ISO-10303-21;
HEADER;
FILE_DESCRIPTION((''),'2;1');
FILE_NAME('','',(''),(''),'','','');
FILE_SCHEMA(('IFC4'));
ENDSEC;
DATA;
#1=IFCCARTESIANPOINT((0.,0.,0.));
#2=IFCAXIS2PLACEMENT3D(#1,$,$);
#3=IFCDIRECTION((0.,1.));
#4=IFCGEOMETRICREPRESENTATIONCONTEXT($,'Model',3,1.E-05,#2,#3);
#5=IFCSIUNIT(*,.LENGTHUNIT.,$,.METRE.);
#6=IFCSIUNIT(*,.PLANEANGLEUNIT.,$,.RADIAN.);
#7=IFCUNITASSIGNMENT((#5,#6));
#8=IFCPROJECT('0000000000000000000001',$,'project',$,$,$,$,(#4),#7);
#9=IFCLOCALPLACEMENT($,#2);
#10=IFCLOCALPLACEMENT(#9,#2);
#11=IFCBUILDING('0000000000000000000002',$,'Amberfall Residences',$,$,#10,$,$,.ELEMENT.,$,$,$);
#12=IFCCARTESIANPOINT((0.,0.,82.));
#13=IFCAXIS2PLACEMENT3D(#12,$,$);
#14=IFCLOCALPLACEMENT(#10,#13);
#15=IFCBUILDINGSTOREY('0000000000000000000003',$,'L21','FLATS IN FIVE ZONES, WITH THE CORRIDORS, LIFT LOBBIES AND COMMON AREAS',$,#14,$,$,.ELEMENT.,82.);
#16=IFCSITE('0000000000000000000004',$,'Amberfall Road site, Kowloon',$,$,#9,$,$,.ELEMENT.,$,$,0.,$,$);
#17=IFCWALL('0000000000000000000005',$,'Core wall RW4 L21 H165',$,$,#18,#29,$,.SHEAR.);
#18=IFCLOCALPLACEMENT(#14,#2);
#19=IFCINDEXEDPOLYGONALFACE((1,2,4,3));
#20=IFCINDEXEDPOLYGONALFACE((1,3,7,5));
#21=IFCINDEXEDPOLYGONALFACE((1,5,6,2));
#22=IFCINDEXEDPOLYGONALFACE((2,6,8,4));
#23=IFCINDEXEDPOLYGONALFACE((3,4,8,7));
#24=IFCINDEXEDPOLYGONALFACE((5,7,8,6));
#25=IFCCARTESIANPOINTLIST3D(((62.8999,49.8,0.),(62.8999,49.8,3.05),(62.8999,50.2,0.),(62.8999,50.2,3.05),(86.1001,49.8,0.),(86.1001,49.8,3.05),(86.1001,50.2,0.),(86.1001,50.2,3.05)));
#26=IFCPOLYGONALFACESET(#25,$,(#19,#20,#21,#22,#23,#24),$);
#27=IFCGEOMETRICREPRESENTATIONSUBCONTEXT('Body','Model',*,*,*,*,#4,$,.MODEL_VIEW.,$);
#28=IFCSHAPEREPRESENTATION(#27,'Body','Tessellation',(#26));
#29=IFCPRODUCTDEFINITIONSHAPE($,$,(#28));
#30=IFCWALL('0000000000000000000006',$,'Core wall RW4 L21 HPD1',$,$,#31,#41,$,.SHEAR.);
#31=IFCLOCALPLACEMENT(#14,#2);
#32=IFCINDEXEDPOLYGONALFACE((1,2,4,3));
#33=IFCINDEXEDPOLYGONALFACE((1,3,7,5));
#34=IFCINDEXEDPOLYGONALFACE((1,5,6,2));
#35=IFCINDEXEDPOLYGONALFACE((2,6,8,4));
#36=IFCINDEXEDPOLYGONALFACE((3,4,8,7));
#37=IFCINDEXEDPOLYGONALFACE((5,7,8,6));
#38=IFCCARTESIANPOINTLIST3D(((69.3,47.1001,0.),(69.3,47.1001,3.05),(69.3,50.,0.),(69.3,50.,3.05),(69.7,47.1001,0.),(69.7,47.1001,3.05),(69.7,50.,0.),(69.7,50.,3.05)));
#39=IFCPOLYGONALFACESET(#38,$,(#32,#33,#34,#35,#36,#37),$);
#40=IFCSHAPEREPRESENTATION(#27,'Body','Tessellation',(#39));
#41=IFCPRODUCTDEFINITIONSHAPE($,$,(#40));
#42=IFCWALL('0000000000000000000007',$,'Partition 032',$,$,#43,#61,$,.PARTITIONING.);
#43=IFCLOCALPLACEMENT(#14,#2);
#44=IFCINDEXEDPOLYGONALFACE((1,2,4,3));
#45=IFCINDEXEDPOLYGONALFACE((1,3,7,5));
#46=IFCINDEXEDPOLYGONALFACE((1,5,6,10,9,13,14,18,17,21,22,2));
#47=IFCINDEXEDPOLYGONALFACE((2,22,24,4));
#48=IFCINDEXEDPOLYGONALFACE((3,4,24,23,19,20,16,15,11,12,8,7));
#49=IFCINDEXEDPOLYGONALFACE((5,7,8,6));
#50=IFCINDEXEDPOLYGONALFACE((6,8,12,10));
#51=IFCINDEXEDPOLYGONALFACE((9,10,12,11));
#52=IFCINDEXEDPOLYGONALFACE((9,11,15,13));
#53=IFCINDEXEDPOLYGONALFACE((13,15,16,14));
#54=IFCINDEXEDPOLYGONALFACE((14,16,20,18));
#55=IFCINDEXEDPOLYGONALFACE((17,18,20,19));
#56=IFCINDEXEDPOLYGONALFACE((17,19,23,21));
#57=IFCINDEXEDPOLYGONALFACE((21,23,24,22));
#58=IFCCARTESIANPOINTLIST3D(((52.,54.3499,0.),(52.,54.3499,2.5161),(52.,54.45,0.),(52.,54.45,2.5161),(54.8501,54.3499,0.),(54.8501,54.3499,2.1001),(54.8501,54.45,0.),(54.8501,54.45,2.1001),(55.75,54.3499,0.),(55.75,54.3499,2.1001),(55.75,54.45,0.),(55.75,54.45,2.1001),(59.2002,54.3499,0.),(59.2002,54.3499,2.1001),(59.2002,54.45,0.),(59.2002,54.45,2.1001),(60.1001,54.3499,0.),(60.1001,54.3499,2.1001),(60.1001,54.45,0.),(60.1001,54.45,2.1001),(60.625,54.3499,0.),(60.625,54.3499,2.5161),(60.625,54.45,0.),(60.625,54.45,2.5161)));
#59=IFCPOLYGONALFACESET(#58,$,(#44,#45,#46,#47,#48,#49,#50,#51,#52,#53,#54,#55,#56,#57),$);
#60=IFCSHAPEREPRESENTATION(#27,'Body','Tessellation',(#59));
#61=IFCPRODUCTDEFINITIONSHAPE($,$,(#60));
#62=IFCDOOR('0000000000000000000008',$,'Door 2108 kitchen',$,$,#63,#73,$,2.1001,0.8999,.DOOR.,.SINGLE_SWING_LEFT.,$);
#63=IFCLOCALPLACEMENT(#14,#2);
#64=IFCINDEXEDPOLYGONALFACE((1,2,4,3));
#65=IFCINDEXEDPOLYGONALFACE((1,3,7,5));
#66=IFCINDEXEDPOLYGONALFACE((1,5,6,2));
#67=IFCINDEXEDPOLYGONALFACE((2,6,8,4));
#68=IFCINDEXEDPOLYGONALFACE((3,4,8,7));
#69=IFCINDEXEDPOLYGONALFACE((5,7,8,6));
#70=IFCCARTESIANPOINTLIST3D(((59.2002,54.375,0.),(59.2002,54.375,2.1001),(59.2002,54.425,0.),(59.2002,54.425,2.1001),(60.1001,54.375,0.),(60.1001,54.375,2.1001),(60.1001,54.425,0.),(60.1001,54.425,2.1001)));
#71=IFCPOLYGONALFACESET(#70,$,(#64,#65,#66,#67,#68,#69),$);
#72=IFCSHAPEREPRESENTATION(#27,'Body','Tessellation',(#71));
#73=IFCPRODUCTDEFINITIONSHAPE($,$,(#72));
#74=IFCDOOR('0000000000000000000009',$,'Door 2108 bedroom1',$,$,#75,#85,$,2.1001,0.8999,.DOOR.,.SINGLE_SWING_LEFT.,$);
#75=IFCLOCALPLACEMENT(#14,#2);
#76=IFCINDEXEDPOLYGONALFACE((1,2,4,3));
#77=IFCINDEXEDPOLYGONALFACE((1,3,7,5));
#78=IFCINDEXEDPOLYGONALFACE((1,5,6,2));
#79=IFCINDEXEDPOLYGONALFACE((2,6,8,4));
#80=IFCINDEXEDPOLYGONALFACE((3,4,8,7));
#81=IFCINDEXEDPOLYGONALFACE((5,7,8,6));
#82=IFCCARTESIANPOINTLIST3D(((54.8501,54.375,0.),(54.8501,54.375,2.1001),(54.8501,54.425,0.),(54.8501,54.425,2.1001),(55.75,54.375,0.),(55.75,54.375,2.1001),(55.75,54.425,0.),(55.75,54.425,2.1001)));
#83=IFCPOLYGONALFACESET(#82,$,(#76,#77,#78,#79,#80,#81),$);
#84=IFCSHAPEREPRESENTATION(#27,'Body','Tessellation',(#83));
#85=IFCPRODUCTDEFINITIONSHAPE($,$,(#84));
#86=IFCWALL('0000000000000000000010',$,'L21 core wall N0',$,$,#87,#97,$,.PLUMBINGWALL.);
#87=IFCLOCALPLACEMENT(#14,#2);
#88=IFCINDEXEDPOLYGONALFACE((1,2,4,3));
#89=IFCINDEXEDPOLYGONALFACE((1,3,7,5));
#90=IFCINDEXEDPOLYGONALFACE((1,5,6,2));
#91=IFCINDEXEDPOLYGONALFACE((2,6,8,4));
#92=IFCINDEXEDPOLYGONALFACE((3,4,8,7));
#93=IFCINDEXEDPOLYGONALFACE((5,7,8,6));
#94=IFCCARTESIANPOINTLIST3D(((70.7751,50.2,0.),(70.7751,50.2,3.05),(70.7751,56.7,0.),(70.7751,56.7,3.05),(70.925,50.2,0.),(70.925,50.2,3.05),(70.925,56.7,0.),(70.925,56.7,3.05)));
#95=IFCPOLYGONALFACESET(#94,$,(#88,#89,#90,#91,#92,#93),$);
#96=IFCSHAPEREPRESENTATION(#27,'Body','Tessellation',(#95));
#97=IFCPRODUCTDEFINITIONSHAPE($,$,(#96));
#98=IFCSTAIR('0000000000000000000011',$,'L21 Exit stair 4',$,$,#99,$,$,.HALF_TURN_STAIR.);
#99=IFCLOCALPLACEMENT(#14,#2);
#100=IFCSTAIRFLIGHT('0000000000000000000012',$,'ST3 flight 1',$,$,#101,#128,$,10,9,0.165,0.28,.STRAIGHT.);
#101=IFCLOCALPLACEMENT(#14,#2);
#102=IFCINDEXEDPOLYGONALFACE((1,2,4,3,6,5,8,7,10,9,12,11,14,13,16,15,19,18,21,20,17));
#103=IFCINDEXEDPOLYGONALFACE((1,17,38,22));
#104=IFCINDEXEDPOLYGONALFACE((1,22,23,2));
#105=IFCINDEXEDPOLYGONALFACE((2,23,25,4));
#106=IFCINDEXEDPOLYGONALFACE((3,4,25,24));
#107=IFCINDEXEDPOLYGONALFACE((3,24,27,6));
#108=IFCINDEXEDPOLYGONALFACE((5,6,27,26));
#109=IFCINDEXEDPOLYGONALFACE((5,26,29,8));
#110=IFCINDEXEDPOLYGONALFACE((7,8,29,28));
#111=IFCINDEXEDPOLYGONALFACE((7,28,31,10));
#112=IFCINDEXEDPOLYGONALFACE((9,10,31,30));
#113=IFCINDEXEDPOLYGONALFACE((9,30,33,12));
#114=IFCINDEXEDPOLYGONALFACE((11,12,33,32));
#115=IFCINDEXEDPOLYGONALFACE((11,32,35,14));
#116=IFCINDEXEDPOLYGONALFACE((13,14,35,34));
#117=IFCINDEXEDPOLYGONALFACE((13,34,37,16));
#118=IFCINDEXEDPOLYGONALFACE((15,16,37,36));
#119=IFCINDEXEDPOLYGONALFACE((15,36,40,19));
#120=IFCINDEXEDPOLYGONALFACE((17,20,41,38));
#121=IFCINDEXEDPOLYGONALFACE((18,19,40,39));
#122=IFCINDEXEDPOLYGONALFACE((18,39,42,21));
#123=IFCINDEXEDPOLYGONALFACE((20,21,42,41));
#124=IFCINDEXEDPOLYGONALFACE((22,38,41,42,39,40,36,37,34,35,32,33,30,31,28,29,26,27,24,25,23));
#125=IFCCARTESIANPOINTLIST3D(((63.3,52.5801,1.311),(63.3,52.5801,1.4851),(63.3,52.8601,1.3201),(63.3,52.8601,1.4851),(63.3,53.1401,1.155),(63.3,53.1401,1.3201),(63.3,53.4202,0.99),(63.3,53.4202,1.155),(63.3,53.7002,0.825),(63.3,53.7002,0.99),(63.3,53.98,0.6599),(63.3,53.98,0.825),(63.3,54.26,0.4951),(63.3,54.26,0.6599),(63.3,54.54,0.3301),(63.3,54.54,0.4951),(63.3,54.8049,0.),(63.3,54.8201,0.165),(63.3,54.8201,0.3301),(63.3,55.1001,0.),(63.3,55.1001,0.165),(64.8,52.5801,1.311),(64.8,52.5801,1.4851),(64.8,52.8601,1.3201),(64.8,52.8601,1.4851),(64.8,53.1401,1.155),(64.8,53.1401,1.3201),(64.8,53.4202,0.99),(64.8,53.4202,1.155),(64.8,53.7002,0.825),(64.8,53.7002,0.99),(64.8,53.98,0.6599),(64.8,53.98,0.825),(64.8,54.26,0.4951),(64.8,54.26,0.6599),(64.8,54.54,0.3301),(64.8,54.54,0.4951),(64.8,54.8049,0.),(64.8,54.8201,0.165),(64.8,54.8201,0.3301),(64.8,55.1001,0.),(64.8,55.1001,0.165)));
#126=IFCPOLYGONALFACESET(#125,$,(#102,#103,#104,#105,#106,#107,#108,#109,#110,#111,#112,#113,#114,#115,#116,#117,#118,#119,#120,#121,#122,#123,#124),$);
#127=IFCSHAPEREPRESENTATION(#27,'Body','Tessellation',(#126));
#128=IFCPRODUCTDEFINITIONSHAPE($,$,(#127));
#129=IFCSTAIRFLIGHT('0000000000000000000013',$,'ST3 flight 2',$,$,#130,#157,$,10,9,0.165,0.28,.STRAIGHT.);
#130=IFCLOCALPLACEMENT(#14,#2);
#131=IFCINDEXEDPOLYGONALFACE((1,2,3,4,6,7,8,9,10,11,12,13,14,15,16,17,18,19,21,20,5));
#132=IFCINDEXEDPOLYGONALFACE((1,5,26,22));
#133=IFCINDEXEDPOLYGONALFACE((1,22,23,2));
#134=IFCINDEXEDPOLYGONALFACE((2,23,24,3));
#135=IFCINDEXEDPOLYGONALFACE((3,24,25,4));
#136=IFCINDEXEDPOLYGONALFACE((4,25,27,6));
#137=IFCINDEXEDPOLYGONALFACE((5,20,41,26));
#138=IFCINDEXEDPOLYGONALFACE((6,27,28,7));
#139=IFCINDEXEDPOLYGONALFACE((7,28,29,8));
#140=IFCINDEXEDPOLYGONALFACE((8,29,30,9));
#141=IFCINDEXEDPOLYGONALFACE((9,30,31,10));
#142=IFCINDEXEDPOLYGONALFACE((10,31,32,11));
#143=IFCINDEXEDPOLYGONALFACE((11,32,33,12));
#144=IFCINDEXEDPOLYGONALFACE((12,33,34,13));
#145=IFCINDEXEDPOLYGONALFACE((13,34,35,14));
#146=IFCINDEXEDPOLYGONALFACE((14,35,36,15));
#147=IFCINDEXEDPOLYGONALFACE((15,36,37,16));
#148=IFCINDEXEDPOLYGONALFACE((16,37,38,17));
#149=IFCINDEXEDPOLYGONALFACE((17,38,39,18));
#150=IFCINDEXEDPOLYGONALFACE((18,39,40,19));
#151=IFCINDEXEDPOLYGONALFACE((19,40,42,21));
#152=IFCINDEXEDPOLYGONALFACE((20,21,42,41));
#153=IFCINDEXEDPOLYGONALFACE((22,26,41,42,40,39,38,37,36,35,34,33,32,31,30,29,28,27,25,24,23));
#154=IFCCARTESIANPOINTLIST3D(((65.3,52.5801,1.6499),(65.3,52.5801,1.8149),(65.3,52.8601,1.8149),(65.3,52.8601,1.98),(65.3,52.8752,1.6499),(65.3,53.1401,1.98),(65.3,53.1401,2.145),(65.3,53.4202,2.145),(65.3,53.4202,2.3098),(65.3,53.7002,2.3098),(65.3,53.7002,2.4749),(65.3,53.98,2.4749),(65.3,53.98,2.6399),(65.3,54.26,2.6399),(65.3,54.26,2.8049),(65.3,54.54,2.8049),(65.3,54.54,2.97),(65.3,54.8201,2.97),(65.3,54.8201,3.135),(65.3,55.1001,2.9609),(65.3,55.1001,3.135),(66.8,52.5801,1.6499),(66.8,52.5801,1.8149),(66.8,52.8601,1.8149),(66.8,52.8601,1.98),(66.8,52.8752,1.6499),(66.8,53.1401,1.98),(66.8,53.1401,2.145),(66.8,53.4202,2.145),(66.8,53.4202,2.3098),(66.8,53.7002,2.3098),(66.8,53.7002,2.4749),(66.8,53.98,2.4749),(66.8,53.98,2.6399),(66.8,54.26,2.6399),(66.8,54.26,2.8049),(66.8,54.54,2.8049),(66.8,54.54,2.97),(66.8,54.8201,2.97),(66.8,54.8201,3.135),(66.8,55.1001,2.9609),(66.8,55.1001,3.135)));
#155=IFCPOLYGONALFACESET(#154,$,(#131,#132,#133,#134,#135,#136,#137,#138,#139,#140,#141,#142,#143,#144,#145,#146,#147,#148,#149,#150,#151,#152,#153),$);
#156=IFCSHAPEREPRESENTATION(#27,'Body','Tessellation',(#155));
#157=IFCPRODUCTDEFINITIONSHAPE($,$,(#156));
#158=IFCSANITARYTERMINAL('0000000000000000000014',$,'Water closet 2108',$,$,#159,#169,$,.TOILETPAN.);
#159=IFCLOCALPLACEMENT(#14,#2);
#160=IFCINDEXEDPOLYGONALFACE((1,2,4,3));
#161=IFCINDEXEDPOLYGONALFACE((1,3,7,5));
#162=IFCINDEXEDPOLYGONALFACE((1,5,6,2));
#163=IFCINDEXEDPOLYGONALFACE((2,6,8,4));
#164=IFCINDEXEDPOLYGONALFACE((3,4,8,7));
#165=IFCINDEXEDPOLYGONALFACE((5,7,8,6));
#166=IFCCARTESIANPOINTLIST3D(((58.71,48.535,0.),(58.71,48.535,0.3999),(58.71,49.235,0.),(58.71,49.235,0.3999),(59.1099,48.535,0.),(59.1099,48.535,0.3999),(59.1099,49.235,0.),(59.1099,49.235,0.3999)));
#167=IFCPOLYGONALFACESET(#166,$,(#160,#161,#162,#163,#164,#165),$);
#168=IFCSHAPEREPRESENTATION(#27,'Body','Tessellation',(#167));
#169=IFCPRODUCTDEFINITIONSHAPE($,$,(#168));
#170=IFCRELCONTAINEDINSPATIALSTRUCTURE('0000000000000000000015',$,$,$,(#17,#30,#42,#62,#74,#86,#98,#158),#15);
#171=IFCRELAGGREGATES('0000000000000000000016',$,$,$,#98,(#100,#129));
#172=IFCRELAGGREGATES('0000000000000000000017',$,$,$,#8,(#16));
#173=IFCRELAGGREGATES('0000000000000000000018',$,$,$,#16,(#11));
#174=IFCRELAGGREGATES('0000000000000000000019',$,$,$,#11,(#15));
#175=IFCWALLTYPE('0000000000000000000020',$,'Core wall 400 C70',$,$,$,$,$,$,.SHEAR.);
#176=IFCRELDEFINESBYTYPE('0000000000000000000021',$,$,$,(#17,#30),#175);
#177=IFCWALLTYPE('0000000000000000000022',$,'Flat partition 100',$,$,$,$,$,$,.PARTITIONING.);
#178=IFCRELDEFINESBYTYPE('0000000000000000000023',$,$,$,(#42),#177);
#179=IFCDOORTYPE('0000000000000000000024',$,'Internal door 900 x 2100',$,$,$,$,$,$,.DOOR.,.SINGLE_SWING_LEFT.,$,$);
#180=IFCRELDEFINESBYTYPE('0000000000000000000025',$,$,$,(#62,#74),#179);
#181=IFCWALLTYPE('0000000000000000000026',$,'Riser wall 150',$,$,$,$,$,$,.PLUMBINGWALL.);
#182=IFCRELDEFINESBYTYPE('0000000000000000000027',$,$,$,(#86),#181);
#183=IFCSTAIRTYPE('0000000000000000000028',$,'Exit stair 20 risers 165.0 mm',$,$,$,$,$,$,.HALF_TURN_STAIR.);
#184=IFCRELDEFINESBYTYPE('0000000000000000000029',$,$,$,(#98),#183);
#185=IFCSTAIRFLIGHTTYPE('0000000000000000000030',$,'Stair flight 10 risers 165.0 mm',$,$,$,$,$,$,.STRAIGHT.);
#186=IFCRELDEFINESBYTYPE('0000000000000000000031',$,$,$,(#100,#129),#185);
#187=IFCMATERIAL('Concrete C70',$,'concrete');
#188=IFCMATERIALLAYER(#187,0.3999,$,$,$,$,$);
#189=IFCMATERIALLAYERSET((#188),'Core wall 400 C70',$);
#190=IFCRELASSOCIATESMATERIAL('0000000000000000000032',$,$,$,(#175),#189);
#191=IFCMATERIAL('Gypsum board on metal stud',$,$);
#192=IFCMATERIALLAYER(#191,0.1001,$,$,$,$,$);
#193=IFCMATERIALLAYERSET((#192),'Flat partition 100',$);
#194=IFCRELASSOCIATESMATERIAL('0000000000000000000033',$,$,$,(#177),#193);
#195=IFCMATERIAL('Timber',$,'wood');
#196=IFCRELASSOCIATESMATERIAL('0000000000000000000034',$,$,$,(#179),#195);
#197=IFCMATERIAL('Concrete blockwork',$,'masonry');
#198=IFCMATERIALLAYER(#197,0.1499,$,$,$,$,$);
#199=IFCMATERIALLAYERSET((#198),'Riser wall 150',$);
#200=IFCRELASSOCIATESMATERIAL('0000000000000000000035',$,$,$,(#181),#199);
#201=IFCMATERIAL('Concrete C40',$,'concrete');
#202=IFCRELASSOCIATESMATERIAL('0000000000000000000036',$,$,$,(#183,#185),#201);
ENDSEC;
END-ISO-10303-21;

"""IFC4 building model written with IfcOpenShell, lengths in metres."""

from ifc_helpers import new_model, si_unit, direction, frame, frame_2d, origin, origin_2d, place, context, subcontext, project, spatial, polyline, rectangle, outline, extrude, material, layer, layer_set, type_object, element, fill, aggregate, save


model = new_model("IFC4")

# Units and contexts
model_context = context("Model", 3, precision=1e-05, world=origin(), true_north=direction((0.0, 1.0)))
body_context = subcontext(model_context, "Body", "Model", "MODEL_VIEW")
ifc_project = project(units=[si_unit("LENGTHUNIT", "METRE"), si_unit("PLANEANGLEUNIT", "RADIAN")], contexts=[model_context])

# Site, building, storey
site_placement = place(None, origin())
site = spatial("IfcSite", under=ifc_project, at=site_placement, Name="Amberfall Road site, Kowloon", CompositionType="ELEMENT", RefElevation=0.0)
building_placement = place(site_placement, origin())
building = spatial("IfcBuilding", under=site, at=building_placement, Name="Amberfall Residences", CompositionType="ELEMENT")
storey_placement = place(building_placement, frame((0.0, 0.0, 82.0)))
storey = spatial("IfcBuildingStorey", under=building, at=storey_placement, Name="L21", Description="FLATS IN FIVE ZONES, WITH THE CORRIDORS, LIFT LOBBIES AND COMMON AREAS", CompositionType="ELEMENT", Elevation=82.0)

# Walls
ifc_material_1 = material(Name="Concrete C70", Category="concrete")
ifc_layer_1 = layer(ifc_material_1, 0.3999)
ifc_layer_set_1 = layer_set([ifc_layer_1], Name="Core wall 400 C70")
wall_type_1 = type_object("IfcWallType", Name="Core wall 400 C70", PredefinedType="SHEAR", material=ifc_layer_set_1)
wall_1_placement = place(storey_placement, frame((62.8999, 50.0, 0.0), z_axis=(0.0, 0.0, 1.0), x_axis=(1.0, 0.0, 0.0)))
element("IfcWall", 1, at=wall_1_placement, inside=storey, type_object=wall_type_1, Name="Core wall RW4 L21 H165", PredefinedType="SHEAR", context=body_context, shape_type="SweptSolid", body=[
    extrude(rectangle(XDim=23.2002, YDim=0.3999, at=frame_2d((11.6001, 0.0))), origin(), (0.0, 0.0, 1.0), 3.05),
])
wall_2_placement = place(storey_placement, frame((69.5, 47.1001, 0.0), z_axis=(0.0, 0.0, 1.0), x_axis=(0.0, 1.0, 0.0)))
element("IfcWall", 2, at=wall_2_placement, inside=storey, type_object=wall_type_1, Name="Core wall RW4 L21 HPD1", PredefinedType="SHEAR", context=body_context, shape_type="SweptSolid", body=[
    extrude(rectangle(XDim=2.8999, YDim=0.3999, at=frame_2d((1.45, 0.0))), origin(), (0.0, 0.0, 1.0), 3.05),
])

# Wall, openings, doors
ifc_material_2 = material(Name="Gypsum board on metal stud")
ifc_layer_2 = layer(ifc_material_2, 0.1001)
ifc_layer_set_2 = layer_set([ifc_layer_2], Name="Flat partition 100")
wall_type_2 = type_object("IfcWallType", Name="Flat partition 100", PredefinedType="PARTITIONING", material=ifc_layer_set_2)
wall_3_placement = place(storey_placement, frame((60.625, 54.3999, 0.0), z_axis=(0.0, 0.0, 1.0), x_axis=(-1.0, 0.0, 0.0)))
wall_3 = element("IfcWall", 3, at=wall_3_placement, inside=storey, type_object=wall_type_2, Name="Partition 032", PredefinedType="PARTITIONING", context=body_context, shape_type="SweptSolid", body=[
    extrude(rectangle(XDim=8.625, YDim=0.1001, at=frame_2d((4.3125, 0.0))), origin(), (0.0, 0.0, 1.0), 2.5161),
])
opening_1_placement = place(wall_3_placement, frame((0.5249, 0.0, 0.0)))
opening_1 = element("IfcOpeningElement", 4, at=opening_1_placement, cuts=wall_3, PredefinedType="OPENING", context=body_context, shape_type="SweptSolid", body=[
    extrude(rectangle(XDim=0.8999, YDim=2.1001, at=frame_2d((0.45, 1.05))), frame((0.0, 0.0601, 0.0), z_axis=(0.0, -1.0, 0.0), x_axis=(1.0, 0.0, 0.0)), (0.0, 0.0, 1.0), 0.1201),
])
opening_2_placement = place(wall_3_placement, frame((4.875, 0.0, 0.0)))
opening_2 = element("IfcOpeningElement", 5, at=opening_2_placement, cuts=wall_3, PredefinedType="OPENING", context=body_context, shape_type="SweptSolid", body=[
    extrude(rectangle(XDim=0.8999, YDim=2.1001, at=frame_2d((0.45, 1.05))), frame((0.0, 0.0601, 0.0), z_axis=(0.0, -1.0, 0.0), x_axis=(1.0, 0.0, 0.0)), (0.0, 0.0, 1.0), 0.1201),
])
ifc_material_3 = material(Name="Timber", Category="wood")
door_type = type_object("IfcDoorType", Name="Internal door 900 x 2100", OperationType="SINGLE_SWING_LEFT", PredefinedType="DOOR", material=ifc_material_3)
door_1_placement = place(opening_1_placement, origin())
door_1 = element("IfcDoor", 6, at=door_1_placement, inside=storey, type_object=door_type, Name="Door 2108 kitchen", OperationType="SINGLE_SWING_LEFT", OverallHeight=2.1001, OverallWidth=0.8999, PredefinedType="DOOR", context=body_context, shape_type="SweptSolid", body=[
    extrude(rectangle(XDim=0.8999, YDim=2.1001, at=frame_2d((0.45, 1.05))), frame((0.0, 0.0249, 0.0), z_axis=(0.0, -1.0, 0.0), x_axis=(1.0, 0.0, 0.0)), (0.0, 0.0, 1.0), 0.05),
])
fill(opening_1, door_1)
door_2_placement = place(opening_2_placement, origin())
door_2 = element("IfcDoor", 7, at=door_2_placement, inside=storey, type_object=door_type, Name="Door 2108 bedroom1", OperationType="SINGLE_SWING_LEFT", OverallHeight=2.1001, OverallWidth=0.8999, PredefinedType="DOOR", context=body_context, shape_type="SweptSolid", body=[
    extrude(rectangle(XDim=0.8999, YDim=2.1001, at=frame_2d((0.45, 1.05))), frame((0.0, 0.0249, 0.0), z_axis=(0.0, -1.0, 0.0), x_axis=(1.0, 0.0, 0.0)), (0.0, 0.0, 1.0), 0.05),
])
fill(opening_2, door_2)

# Wall
ifc_material_4 = material(Name="Concrete blockwork", Category="masonry")
ifc_layer_3 = layer(ifc_material_4, 0.1499)
ifc_layer_set_3 = layer_set([ifc_layer_3], Name="Riser wall 150")
wall_type_3 = type_object("IfcWallType", Name="Riser wall 150", PredefinedType="PLUMBINGWALL", material=ifc_layer_set_3)
wall_4_placement = place(storey_placement, frame((70.8501, 50.2, 0.0), z_axis=(0.0, 0.0, 1.0), x_axis=(0.0, 1.0, 0.0)))
element("IfcWall", 8, at=wall_4_placement, inside=storey, type_object=wall_type_3, Name="L21 core wall N0", PredefinedType="PLUMBINGWALL", context=body_context, shape_type="SweptSolid", body=[
    extrude(rectangle(XDim=6.5, YDim=0.1499, at=frame_2d((3.25, 0.0))), origin(), (0.0, 0.0, 1.0), 3.05),
])

# Stair, stair flights
ifc_material_5 = material(Name="Concrete C40", Category="concrete")
stair_type = type_object("IfcStairType", Name="Exit stair 20 risers 165.0 mm", PredefinedType="HALF_TURN_STAIR", material=ifc_material_5)
stair_placement = place(storey_placement, origin())
stair = element("IfcStair", 9, at=stair_placement, inside=storey, type_object=stair_type, Name="L21 Exit stair 4", PredefinedType="HALF_TURN_STAIR")
stair_flight_type = type_object("IfcStairFlightType", Name="Stair flight 10 risers 165.0 mm", PredefinedType="STRAIGHT", material=ifc_material_5)
stair_flight_1_placement = place(storey_placement, frame((64.05, 55.1001, 0.0), z_axis=(0.0, 0.0, 1.0), x_axis=(0.0, -1.0, 0.0)))
stair_flight_1 = element("IfcStairFlight", 10, at=stair_flight_1_placement, type_object=stair_flight_type, Name="ST3 flight 1", NumberOfRisers=10, NumberOfTreads=9, PredefinedType="STRAIGHT", RiserHeight=0.165, TreadLength=0.28, context=body_context, shape_type="SweptSolid", body=[
    extrude(outline(polyline([(0.0, 0.0), (0.0, 0.165), (0.28, 0.165), (0.28, 0.3301), (0.5601, 0.3301), (0.5601, 0.4951), (0.8401, 0.4951), (0.8401, 0.6599), (1.1201, 0.6599), (1.1201, 0.825), (1.3999, 0.825), (1.3999, 0.99), (1.6799, 0.99), (1.6799, 1.155), (1.96, 1.155), (1.96, 1.3201), (2.24, 1.3201), (2.24, 1.4851), (2.52, 1.4851), (2.52, 1.6499), (2.52, 1.311), (0.2952, 0.0), (0.0, 0.0)])), frame((0.0, 0.75, 0.0), z_axis=(0.0, -1.0, 0.0), x_axis=(1.0, 0.0, 0.0)), (0.0, 0.0, 1.0), 1.5),
])
stair_flight_2_placement = place(storey_placement, frame((66.05, 52.5801, 1.6499), z_axis=(0.0, 0.0, 1.0), x_axis=(0.0, 1.0, 0.0)))
stair_flight_2 = element("IfcStairFlight", 11, at=stair_flight_2_placement, type_object=stair_flight_type, Name="ST3 flight 2", NumberOfRisers=10, NumberOfTreads=9, PredefinedType="STRAIGHT", RiserHeight=0.165, TreadLength=0.28, context=body_context, shape_type="SweptSolid", body=[
    extrude(outline(polyline([(0.0, 0.0), (0.0, 0.165), (0.28, 0.165), (0.28, 0.3301), (0.5601, 0.3301), (0.5601, 0.4951), (0.8401, 0.4951), (0.8401, 0.6599), (1.1201, 0.6599), (1.1201, 0.825), (1.3999, 0.825), (1.3999, 0.99), (1.6799, 0.99), (1.6799, 1.155), (1.96, 1.155), (1.96, 1.3201), (2.24, 1.3201), (2.24, 1.4851), (2.52, 1.4851), (2.52, 1.6499), (2.52, 1.311), (0.2952, 0.0), (0.0, 0.0)])), frame((0.0, 0.75, 0.0), z_axis=(0.0, -1.0, 0.0), x_axis=(1.0, 0.0, 0.0)), (0.0, 0.0, 1.0), 1.5),
])
aggregate(stair, [stair_flight_1, stair_flight_2])

# Sanitary terminal
sanitary_terminal_1_placement = place(storey_placement, frame((58.9099, 48.885, 0.0), z_axis=(0.0, 0.0, 1.0), x_axis=(1.0, 0.0, 0.0)))
element("IfcSanitaryTerminal", 12, at=sanitary_terminal_1_placement, inside=storey, Name="Water closet 2108", PredefinedType="TOILETPAN", context=body_context, shape_type="SweptSolid", body=[
    extrude(rectangle(XDim=0.3999, YDim=0.7, at=origin_2d()), origin(), (0.0, 0.0, 1.0), 0.3999),
])

save(model, "model.ifc")
